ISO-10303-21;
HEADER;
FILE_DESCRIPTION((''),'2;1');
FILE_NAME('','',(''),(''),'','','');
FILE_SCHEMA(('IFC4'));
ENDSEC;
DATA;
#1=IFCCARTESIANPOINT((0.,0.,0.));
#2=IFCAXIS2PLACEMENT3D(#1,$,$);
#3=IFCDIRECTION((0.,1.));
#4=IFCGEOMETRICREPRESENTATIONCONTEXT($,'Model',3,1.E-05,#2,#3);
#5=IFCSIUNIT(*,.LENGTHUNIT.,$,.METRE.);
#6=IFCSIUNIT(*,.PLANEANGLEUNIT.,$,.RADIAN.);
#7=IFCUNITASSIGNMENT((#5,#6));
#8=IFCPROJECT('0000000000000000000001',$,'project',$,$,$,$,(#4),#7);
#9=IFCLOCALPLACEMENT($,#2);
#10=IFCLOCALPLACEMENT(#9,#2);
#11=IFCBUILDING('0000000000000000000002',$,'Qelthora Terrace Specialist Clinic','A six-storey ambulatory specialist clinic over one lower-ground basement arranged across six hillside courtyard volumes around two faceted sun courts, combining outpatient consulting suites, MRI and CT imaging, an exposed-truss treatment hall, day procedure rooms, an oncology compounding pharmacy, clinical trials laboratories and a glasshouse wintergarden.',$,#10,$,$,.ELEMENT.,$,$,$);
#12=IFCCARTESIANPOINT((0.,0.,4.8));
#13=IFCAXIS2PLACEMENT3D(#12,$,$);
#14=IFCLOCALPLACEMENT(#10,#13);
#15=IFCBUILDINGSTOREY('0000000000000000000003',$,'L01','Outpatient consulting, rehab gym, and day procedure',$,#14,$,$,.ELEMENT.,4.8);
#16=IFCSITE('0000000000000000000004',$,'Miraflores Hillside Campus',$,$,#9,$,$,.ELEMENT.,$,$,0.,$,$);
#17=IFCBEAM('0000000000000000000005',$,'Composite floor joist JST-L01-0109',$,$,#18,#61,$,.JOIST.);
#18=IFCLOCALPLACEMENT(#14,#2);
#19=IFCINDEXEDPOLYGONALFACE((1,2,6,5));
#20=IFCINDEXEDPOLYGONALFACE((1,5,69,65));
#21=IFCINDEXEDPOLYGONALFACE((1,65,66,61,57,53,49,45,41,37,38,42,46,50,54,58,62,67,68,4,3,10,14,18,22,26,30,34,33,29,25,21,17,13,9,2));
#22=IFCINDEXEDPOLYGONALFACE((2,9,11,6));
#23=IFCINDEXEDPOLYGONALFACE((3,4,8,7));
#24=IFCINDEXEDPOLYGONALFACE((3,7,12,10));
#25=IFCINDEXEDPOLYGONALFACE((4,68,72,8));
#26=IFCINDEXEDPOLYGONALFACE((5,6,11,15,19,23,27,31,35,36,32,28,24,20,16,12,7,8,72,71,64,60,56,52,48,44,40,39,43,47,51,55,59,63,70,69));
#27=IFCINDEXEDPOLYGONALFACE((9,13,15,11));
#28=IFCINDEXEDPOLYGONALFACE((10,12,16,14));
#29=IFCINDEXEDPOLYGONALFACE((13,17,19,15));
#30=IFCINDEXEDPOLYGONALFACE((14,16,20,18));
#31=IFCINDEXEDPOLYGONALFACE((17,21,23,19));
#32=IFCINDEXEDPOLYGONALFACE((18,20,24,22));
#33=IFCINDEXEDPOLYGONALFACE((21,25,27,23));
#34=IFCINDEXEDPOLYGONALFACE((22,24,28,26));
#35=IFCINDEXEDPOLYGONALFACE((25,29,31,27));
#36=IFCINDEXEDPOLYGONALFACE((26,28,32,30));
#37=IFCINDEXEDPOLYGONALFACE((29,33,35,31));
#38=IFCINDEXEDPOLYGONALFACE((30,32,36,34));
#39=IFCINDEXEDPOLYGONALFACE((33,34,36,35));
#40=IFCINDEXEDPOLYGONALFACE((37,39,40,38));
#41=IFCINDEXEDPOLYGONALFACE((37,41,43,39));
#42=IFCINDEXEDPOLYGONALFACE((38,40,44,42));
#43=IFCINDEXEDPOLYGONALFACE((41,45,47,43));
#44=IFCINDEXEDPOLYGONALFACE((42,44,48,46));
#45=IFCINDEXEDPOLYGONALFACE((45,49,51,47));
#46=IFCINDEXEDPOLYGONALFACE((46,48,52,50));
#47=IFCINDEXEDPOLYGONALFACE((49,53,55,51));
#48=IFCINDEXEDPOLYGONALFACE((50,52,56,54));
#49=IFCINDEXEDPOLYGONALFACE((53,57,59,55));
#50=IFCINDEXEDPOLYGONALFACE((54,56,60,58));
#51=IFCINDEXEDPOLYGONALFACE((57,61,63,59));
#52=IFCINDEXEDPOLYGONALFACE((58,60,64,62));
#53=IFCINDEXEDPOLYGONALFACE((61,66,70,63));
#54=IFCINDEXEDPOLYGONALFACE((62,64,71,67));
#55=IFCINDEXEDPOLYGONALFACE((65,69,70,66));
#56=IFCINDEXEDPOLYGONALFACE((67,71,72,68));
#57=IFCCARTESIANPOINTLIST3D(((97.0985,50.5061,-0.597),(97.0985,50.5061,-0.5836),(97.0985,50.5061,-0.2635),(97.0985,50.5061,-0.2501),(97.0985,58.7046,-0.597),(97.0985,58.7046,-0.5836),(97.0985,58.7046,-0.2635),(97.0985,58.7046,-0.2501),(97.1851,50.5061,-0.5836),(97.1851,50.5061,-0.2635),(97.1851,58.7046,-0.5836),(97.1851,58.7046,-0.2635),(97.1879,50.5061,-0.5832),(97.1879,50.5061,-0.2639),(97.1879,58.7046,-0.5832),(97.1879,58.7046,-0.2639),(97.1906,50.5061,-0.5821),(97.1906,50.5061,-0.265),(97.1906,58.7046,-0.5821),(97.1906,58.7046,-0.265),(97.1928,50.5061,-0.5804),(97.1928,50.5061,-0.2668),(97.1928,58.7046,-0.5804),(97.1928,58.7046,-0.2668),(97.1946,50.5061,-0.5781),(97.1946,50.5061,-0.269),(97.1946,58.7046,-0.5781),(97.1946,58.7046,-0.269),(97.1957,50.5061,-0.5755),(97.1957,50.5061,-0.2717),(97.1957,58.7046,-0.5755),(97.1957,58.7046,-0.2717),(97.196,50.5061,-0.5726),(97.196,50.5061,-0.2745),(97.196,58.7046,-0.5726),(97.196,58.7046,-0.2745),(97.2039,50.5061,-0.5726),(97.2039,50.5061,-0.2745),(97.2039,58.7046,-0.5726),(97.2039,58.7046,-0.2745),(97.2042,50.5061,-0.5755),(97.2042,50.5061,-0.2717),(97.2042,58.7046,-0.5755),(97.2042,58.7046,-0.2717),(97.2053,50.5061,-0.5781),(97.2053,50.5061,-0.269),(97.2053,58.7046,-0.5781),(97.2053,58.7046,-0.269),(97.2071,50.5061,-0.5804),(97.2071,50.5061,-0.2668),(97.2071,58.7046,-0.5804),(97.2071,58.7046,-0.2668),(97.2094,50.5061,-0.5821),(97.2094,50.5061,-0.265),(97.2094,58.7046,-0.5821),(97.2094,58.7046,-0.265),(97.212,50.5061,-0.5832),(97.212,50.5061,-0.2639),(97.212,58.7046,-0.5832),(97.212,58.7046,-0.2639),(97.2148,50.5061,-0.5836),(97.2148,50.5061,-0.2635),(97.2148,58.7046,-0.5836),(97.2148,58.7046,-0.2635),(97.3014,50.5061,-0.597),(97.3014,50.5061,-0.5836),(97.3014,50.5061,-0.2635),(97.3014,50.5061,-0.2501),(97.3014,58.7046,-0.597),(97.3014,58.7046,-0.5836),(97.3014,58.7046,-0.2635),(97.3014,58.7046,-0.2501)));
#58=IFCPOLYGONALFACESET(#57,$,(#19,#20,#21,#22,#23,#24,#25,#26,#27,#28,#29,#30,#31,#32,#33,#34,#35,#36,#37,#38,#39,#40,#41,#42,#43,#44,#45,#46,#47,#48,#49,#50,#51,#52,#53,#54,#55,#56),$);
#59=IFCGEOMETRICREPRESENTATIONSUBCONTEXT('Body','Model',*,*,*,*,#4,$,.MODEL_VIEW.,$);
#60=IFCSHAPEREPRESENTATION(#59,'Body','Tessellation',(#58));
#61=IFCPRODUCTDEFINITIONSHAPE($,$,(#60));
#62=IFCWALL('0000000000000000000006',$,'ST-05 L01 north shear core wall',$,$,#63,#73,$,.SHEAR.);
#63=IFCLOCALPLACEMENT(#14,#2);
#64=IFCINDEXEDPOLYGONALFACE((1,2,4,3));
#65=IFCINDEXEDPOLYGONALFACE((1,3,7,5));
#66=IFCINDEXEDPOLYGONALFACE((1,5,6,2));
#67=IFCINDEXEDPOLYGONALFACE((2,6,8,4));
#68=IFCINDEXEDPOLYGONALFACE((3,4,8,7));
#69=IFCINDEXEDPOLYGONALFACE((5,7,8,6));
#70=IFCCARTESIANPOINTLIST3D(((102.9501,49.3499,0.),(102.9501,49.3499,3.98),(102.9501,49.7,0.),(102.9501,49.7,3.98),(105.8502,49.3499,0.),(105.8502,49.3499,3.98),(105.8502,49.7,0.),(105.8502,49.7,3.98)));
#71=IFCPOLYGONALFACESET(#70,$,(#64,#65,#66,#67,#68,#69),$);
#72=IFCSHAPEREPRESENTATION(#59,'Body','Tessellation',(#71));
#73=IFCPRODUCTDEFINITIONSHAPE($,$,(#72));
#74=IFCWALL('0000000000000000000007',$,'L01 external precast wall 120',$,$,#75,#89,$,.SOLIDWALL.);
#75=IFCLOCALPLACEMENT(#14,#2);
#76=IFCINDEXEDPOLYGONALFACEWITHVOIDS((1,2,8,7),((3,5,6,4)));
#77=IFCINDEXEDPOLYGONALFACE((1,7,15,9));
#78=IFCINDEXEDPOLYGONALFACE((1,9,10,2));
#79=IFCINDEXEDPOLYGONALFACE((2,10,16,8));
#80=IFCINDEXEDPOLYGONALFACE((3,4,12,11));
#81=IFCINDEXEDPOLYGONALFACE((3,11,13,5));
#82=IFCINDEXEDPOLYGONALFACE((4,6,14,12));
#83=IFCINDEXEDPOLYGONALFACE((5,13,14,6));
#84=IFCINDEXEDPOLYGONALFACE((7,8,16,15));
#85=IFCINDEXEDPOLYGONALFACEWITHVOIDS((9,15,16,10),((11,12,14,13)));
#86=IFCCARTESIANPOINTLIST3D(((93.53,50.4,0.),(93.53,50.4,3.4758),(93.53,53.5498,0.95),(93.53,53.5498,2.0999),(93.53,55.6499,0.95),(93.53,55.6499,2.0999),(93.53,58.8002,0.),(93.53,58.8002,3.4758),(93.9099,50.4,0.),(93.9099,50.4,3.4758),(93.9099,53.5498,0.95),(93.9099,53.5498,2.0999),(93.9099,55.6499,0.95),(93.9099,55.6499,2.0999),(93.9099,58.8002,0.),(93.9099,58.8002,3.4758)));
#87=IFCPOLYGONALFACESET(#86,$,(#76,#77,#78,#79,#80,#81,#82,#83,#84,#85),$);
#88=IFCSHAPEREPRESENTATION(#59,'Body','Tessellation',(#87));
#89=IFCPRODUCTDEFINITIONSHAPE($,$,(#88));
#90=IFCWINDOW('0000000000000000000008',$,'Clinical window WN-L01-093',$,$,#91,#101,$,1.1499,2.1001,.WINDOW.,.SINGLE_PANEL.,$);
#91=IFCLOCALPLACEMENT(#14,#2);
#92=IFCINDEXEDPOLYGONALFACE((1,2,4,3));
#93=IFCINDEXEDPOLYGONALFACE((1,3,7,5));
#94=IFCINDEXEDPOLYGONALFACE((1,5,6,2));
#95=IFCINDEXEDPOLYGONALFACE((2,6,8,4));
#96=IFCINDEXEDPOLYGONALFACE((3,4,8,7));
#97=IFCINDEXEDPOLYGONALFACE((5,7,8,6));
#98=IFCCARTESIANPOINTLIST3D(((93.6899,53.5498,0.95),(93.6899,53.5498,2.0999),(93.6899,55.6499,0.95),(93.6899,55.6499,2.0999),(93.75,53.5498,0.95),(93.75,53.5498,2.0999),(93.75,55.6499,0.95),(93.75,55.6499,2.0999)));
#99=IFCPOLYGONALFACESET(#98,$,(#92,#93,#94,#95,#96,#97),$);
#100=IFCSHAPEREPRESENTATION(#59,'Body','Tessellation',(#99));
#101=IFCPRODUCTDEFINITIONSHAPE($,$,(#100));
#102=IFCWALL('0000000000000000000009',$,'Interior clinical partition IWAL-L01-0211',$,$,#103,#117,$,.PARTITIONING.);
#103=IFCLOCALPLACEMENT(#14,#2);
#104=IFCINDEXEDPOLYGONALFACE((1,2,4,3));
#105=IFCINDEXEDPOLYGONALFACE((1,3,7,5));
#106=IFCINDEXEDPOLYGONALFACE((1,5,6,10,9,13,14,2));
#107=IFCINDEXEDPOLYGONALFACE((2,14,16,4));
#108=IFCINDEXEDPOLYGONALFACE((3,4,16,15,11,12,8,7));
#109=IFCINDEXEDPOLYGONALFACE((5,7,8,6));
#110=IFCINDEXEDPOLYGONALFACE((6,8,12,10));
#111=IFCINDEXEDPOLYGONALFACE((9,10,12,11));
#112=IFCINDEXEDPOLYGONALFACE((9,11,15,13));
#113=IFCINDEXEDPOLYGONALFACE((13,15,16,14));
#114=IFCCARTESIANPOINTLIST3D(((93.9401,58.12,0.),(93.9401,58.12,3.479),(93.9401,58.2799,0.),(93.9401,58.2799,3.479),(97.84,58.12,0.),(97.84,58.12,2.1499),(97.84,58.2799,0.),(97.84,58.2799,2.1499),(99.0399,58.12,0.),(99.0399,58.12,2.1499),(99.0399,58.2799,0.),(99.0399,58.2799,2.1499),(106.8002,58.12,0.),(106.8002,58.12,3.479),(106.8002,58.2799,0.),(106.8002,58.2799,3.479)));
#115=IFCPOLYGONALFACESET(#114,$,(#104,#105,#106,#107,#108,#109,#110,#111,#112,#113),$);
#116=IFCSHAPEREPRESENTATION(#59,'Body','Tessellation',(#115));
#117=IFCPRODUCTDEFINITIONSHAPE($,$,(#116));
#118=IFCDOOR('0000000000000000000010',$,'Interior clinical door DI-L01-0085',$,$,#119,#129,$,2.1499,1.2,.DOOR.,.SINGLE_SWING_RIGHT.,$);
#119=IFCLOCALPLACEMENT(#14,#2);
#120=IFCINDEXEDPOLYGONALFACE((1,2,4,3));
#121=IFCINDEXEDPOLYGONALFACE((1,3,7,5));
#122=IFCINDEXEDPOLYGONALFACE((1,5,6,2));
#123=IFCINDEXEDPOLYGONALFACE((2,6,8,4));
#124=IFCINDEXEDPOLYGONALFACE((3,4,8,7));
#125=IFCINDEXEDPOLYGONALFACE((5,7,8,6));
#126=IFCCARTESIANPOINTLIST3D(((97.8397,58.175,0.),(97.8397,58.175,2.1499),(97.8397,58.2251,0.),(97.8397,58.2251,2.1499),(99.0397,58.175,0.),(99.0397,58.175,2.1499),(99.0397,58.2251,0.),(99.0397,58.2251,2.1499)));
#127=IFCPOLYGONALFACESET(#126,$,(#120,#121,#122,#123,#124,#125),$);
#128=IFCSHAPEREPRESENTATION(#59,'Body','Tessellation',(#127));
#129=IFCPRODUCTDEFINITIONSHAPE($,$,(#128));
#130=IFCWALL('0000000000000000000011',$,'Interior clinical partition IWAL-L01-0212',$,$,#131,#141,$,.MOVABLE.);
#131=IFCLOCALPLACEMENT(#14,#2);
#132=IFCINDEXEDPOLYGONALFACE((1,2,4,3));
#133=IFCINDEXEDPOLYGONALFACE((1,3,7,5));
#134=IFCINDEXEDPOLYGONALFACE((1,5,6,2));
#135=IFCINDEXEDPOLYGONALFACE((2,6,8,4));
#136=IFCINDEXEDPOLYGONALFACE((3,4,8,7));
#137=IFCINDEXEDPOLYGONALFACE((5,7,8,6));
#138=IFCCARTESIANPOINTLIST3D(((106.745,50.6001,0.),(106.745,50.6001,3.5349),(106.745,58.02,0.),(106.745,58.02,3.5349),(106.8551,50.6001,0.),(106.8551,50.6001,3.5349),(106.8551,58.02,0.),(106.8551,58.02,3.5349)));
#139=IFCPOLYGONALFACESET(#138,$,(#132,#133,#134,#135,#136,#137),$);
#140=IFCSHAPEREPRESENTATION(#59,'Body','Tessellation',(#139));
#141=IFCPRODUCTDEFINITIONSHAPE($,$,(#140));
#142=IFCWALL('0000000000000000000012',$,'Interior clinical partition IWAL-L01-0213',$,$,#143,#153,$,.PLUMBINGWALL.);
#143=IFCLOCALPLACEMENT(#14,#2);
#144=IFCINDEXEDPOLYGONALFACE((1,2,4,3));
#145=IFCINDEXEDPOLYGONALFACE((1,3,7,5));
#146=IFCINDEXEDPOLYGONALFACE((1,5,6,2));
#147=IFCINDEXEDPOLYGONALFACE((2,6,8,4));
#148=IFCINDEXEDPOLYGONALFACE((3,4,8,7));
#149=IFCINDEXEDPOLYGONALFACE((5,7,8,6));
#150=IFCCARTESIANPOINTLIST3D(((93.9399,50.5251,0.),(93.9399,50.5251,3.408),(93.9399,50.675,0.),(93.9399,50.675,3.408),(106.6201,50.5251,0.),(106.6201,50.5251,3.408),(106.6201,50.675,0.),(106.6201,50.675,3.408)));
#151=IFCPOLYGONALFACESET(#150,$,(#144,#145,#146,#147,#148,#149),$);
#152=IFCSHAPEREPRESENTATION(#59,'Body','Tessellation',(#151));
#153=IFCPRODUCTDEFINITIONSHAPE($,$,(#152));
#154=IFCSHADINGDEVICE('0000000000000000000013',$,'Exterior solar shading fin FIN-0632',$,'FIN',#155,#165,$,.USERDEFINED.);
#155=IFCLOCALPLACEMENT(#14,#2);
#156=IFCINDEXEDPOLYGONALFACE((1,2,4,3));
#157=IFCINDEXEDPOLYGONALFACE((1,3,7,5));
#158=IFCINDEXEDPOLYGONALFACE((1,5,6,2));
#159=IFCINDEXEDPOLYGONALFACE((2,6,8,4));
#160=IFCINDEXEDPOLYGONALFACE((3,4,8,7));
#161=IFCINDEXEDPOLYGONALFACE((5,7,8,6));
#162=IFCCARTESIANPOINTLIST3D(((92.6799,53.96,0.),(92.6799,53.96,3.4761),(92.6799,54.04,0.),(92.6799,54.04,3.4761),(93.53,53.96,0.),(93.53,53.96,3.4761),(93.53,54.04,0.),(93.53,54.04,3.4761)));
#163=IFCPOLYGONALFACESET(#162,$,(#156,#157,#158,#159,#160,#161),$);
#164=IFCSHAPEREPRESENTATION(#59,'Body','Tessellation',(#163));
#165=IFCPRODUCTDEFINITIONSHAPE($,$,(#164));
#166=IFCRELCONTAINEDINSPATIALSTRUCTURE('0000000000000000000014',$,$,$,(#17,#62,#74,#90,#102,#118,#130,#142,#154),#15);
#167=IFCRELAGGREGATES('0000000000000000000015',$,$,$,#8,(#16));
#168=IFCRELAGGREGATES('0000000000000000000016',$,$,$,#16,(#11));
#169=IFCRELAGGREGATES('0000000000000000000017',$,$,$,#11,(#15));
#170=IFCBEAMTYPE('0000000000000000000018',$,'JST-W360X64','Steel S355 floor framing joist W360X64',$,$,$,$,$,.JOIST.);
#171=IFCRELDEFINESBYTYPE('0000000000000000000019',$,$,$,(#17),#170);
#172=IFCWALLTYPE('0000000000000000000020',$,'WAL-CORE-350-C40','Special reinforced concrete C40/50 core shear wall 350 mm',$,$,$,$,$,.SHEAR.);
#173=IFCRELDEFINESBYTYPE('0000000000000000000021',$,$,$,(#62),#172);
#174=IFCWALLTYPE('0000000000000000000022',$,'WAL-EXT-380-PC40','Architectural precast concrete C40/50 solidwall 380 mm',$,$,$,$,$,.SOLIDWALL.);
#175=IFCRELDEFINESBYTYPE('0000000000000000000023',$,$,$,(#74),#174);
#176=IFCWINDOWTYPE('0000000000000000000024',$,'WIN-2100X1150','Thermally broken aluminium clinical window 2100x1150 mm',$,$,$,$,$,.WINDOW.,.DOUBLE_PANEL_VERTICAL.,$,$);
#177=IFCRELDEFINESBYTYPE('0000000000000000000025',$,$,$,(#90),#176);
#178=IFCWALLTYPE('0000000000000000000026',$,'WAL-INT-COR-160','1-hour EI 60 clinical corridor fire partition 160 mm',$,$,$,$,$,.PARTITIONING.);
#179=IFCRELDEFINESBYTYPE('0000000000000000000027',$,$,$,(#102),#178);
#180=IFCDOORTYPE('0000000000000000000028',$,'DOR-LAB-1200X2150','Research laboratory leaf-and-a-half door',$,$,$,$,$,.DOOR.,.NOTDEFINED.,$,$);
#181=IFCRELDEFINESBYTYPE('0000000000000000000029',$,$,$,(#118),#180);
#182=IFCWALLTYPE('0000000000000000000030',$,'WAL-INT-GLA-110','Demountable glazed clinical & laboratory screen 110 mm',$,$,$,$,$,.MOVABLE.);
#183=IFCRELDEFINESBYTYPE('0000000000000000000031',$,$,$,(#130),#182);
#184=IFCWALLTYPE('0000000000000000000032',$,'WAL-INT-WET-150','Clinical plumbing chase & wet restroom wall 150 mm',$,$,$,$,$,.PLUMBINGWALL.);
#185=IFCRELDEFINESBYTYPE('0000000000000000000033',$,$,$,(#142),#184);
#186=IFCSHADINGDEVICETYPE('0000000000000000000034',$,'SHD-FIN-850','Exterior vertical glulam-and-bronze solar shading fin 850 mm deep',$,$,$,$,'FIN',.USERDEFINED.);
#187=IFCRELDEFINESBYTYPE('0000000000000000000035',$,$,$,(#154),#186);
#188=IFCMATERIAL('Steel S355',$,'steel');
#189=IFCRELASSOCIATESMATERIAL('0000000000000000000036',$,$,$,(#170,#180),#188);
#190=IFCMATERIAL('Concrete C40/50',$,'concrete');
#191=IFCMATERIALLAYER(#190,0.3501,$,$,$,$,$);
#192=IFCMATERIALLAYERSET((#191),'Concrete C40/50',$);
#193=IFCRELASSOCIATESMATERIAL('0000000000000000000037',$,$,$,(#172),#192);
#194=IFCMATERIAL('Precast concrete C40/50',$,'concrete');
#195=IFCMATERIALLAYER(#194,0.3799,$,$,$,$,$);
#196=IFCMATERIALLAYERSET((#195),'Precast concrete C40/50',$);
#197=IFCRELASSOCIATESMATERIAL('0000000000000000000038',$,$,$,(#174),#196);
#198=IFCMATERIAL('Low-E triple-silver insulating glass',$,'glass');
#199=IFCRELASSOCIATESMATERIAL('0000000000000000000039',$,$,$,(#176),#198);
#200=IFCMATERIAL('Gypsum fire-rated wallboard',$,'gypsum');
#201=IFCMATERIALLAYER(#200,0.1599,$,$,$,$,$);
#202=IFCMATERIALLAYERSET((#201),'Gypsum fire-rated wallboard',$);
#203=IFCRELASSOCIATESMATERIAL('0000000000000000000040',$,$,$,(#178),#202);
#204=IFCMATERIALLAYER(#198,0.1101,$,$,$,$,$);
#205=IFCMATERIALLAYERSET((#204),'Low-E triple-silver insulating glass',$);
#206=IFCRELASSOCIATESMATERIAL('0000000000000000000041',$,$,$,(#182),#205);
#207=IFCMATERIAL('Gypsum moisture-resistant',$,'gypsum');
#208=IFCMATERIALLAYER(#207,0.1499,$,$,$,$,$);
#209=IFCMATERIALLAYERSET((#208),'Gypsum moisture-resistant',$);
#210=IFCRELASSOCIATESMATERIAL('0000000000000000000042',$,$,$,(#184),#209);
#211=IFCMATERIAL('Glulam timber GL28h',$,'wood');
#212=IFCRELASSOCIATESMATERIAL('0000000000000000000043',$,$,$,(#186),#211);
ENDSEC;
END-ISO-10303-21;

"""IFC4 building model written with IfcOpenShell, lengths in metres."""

from ifc_helpers import new_model, si_unit, direction, frame, frame_2d, origin, origin_2d, place, context, subcontext, project, spatial, rectangle, i_section, extrude, material, layer, layer_set, material_profile, profile_set, type_object, element, fill, save


model = new_model("IFC4")

# Units and contexts
model_context = context("Model", 3, precision=1e-05, world=origin(), true_north=direction((0.0, 1.0)))
body_context = subcontext(model_context, "Body", "Model", "MODEL_VIEW")
ifc_project = project(units=[si_unit("LENGTHUNIT", "METRE"), si_unit("PLANEANGLEUNIT", "RADIAN")], contexts=[model_context])

# Site, building, storey
site_placement = place(None, origin())
site = spatial("IfcSite", under=ifc_project, at=site_placement, Name="Miraflores Hillside Campus", CompositionType="ELEMENT", RefElevation=0.0)
building_placement = place(site_placement, origin())
building = spatial("IfcBuilding", under=site, at=building_placement, Name="Qelthora Terrace Specialist Clinic", Description="A six-storey ambulatory specialist clinic over one lower-ground basement arranged across six hillside courtyard volumes around two faceted sun courts, combining outpatient consulting suites, MRI and CT imaging, an exposed-truss treatment hall, day procedure rooms, an oncology compounding pharmacy, clinical trials laboratories and a glasshouse wintergarden.", CompositionType="ELEMENT")
storey_placement = place(building_placement, frame((0.0, 0.0, 4.8)))
storey = spatial("IfcBuildingStorey", under=building, at=storey_placement, Name="L01", Description="Outpatient consulting, rehab gym, and day procedure", CompositionType="ELEMENT", Elevation=4.8)

# Shared definitions
ifc_material_1 = material(Name="Steel S355", Category="steel")

# Beam
ifc_material_profile_1 = material_profile(ifc_material_1, i_section(OverallWidth=0.2029, OverallDepth=0.3469, WebThickness=0.0078, FlangeThickness=0.0134, FilletRadius=0.011, at=origin_2d()), Name="W360X64")
ifc_profile_set_1 = profile_set([ifc_material_profile_1], Name="Steel S355")
beam_type_1 = type_object("IfcBeamType", Name="JST-W360X64", Description="Steel S355 floor framing joist W360X64", PredefinedType="JOIST", material=ifc_profile_set_1)
beam_1_placement = place(storey_placement, frame((97.2, 50.5061, -0.4236), z_axis=(0.0, 1.0, 0.0), x_axis=(-1.0, 0.0, 0.0)))
element("IfcBeam", 1, at=beam_1_placement, inside=storey, type_object=beam_type_1, Name="Composite floor joist JST-L01-0109", PredefinedType="JOIST", context=body_context, shape_type="SweptSolid", body=[
    extrude(i_section(OverallWidth=0.2029, OverallDepth=0.3469, WebThickness=0.0078, FlangeThickness=0.0134, FilletRadius=0.011, at=origin_2d()), origin(), (0.0, 0.0, 1.0), 8.1985),
])

# Wall
ifc_material_2 = material(Name="Concrete C40/50", Category="concrete")
ifc_layer_1 = layer(ifc_material_2, 0.3501)
ifc_layer_set_1 = layer_set([ifc_layer_1], Name="Concrete C40/50")
wall_type_1 = type_object("IfcWallType", Name="WAL-CORE-350-C40", Description="Special reinforced concrete C40/50 core shear wall 350 mm", PredefinedType="SHEAR", material=ifc_layer_set_1)
wall_1_placement = place(storey_placement, frame((102.95, 49.5249, 0.0), z_axis=(0.0, 0.0, 1.0), x_axis=(1.0, 0.0, 0.0)))
element("IfcWall", 2, at=wall_1_placement, inside=storey, type_object=wall_type_1, Name="ST-05 L01 north shear core wall", PredefinedType="SHEAR", context=body_context, shape_type="SweptSolid", body=[
    extrude(rectangle(XDim=2.9001, YDim=0.3501, at=frame_2d((1.4502, 0.0))), origin(), (0.0, 0.0, 1.0), 3.98),
])

# Wall, opening, window
ifc_material_3 = material(Name="Precast concrete C40/50", Category="concrete")
ifc_layer_2 = layer(ifc_material_3, 0.3799)
ifc_layer_set_2 = layer_set([ifc_layer_2], Name="Precast concrete C40/50")
wall_type_2 = type_object("IfcWallType", Name="WAL-EXT-380-PC40", Description="Architectural precast concrete C40/50 solidwall 380 mm", PredefinedType="SOLIDWALL", material=ifc_layer_set_2)
wall_2_placement = place(storey_placement, frame((93.72, 50.3999, 0.0), z_axis=(0.0, 0.0, 1.0), x_axis=(0.0, 1.0, 0.0)))
wall_2 = element("IfcWall", 3, at=wall_2_placement, inside=storey, type_object=wall_type_2, Name="L01 external precast wall 120", PredefinedType="SOLIDWALL", context=body_context, shape_type="SweptSolid", body=[
    extrude(rectangle(XDim=8.4001, YDim=0.3799, at=frame_2d((4.2002, 0.0))), origin(), (0.0, 0.0, 1.0), 3.4758),
])
opening_1_placement = place(wall_2_placement, frame((3.1499, 0.0, 0.95)))
opening_1 = element("IfcOpeningElement", 4, at=opening_1_placement, cuts=wall_2, PredefinedType="OPENING", context=body_context, shape_type="SweptSolid", body=[
    extrude(rectangle(XDim=2.1001, YDim=1.1499, at=frame_2d((1.05, 0.575))), frame((0.0, 0.2, 0.0), z_axis=(0.0, -1.0, 0.0), x_axis=(1.0, 0.0, 0.0)), (0.0, 0.0, 1.0), 0.3999),
])
ifc_material_4 = material(Name="Low-E triple-silver insulating glass", Category="glass")
window_type = type_object("IfcWindowType", Name="WIN-2100X1150", Description="Thermally broken aluminium clinical window 2100x1150 mm", PartitioningType="DOUBLE_PANEL_VERTICAL", PredefinedType="WINDOW", material=ifc_material_4)
window_placement = place(opening_1_placement, origin())
window = element("IfcWindow", 5, at=window_placement, inside=storey, type_object=window_type, Name="Clinical window WN-L01-093", OverallHeight=1.1499, OverallWidth=2.1001, PartitioningType="SINGLE_PANEL", PredefinedType="WINDOW", context=body_context, shape_type="SweptSolid", body=[
    extrude(rectangle(XDim=2.1001, YDim=1.1499, at=frame_2d((1.05, 0.575))), frame((0.0, 0.03, 0.0), z_axis=(0.0, -1.0, 0.0), x_axis=(1.0, 0.0, 0.0)), (0.0, 0.0, 1.0), 0.0601),
])
fill(opening_1, window)

# Wall, opening, door
ifc_material_5 = material(Name="Gypsum fire-rated wallboard", Category="gypsum")
ifc_layer_3 = layer(ifc_material_5, 0.1599)
ifc_layer_set_3 = layer_set([ifc_layer_3], Name="Gypsum fire-rated wallboard")
wall_type_3 = type_object("IfcWallType", Name="WAL-INT-COR-160", Description="1-hour EI 60 clinical corridor fire partition 160 mm", PredefinedType="PARTITIONING", material=ifc_layer_set_3)
wall_3_placement = place(storey_placement, frame((93.9399, 58.2, 0.0), z_axis=(0.0, 0.0, 1.0), x_axis=(1.0, 0.0, 0.0)))
wall_3 = element("IfcWall", 6, at=wall_3_placement, inside=storey, type_object=wall_type_3, Name="Interior clinical partition IWAL-L01-0211", PredefinedType="PARTITIONING", context=body_context, shape_type="SweptSolid", body=[
    extrude(rectangle(XDim=12.8601, YDim=0.1599, at=frame_2d((6.4302, 0.0))), origin(), (0.0, 0.0, 1.0), 3.479),
])
opening_2_placement = place(wall_3_placement, frame((3.8999, 0.0, 0.0)))
opening_2 = element("IfcOpeningElement", 7, at=opening_2_placement, cuts=wall_3, PredefinedType="OPENING", context=body_context, shape_type="SweptSolid", body=[
    extrude(rectangle(XDim=1.2, YDim=2.1499, at=frame_2d((0.6001, 1.075))), frame((0.0, 0.0898, 0.0), z_axis=(0.0, -1.0, 0.0), x_axis=(1.0, 0.0, 0.0)), (0.0, 0.0, 1.0), 0.1799),
])
door_type = type_object("IfcDoorType", Name="DOR-LAB-1200X2150", Description="Research laboratory leaf-and-a-half door", OperationType="NOTDEFINED", PredefinedType="DOOR", material=ifc_material_1)
door_placement = place(opening_2_placement, frame((1.2, 0.0, 0.0), z_axis=(0.0, 0.0, 1.0), x_axis=(-1.0, 0.0, 0.0)))
door = element("IfcDoor", 8, at=door_placement, inside=storey, type_object=door_type, Name="Interior clinical door DI-L01-0085", OperationType="SINGLE_SWING_RIGHT", OverallHeight=2.1499, OverallWidth=1.2, PredefinedType="DOOR", context=body_context, shape_type="SweptSolid", body=[
    extrude(rectangle(XDim=1.2, YDim=2.1499, at=frame_2d((0.6001, 1.075))), frame((0.0, 0.0249, 0.0), z_axis=(0.0, -1.0, 0.0), x_axis=(1.0, 0.0, 0.0)), (0.0, 0.0, 1.0), 0.05),
])
fill(opening_2, door)

# Walls
ifc_layer_4 = layer(ifc_material_4, 0.1101)
ifc_layer_set_4 = layer_set([ifc_layer_4], Name="Low-E triple-silver insulating glass")
wall_type_4 = type_object("IfcWallType", Name="WAL-INT-GLA-110", Description="Demountable glazed clinical & laboratory screen 110 mm", PredefinedType="MOVABLE", material=ifc_layer_set_4)
wall_4_placement = place(storey_placement, frame((106.8, 58.02, 0.0), z_axis=(0.0, 0.0, 1.0), x_axis=(0.0, -1.0, 0.0)))
element("IfcWall", 9, at=wall_4_placement, inside=storey, type_object=wall_type_4, Name="Interior clinical partition IWAL-L01-0212", PredefinedType="MOVABLE", context=body_context, shape_type="SweptSolid", body=[
    extrude(rectangle(XDim=7.4199, YDim=0.1101, at=frame_2d((3.71, 0.0))), origin(), (0.0, 0.0, 1.0), 3.5349),
])
ifc_material_6 = material(Name="Gypsum moisture-resistant", Category="gypsum")
ifc_layer_5 = layer(ifc_material_6, 0.1499)
ifc_layer_set_5 = layer_set([ifc_layer_5], Name="Gypsum moisture-resistant")
wall_type_5 = type_object("IfcWallType", Name="WAL-INT-WET-150", Description="Clinical plumbing chase & wet restroom wall 150 mm", PredefinedType="PLUMBINGWALL", material=ifc_layer_set_5)
wall_5_placement = place(storey_placement, frame((106.6201, 50.6001, 0.0), z_axis=(0.0, 0.0, 1.0), x_axis=(-1.0, 0.0, 0.0)))
element("IfcWall", 10, at=wall_5_placement, inside=storey, type_object=wall_type_5, Name="Interior clinical partition IWAL-L01-0213", PredefinedType="PLUMBINGWALL", context=body_context, shape_type="SweptSolid", body=[
    extrude(rectangle(XDim=12.6802, YDim=0.1499, at=frame_2d((6.3401, 0.0))), origin(), (0.0, 0.0, 1.0), 3.408),
])

# Shading device
ifc_material_7 = material(Name="Glulam timber GL28h", Category="wood")
shading_device_type = type_object("IfcShadingDeviceType", Name="SHD-FIN-850", Description="Exterior vertical glulam-and-bronze solar shading fin 850 mm deep", ElementType="FIN", PredefinedType="USERDEFINED", material=ifc_material_7)
for number, where, z_axis, x_axis, name in (
    (11, (93.105, 54.0, 0.0), (0.0, 0.0, 1.0), (-1.0, 0.0, 0.0), "Exterior solar shading fin FIN-0632"),
):
    element("IfcShadingDevice", number, at=place(storey_placement, frame(where, z_axis=z_axis, x_axis=x_axis)), inside=storey, type_object=shading_device_type, Name=name, ObjectType="FIN", PredefinedType="USERDEFINED", context=body_context, shape_type="SweptSolid", body=[
        extrude(rectangle(XDim=0.8501, YDim=0.0801, at=origin_2d()), origin(), (0.0, 0.0, 1.0), 3.4761),
    ])

save(model, "model.ifc")
